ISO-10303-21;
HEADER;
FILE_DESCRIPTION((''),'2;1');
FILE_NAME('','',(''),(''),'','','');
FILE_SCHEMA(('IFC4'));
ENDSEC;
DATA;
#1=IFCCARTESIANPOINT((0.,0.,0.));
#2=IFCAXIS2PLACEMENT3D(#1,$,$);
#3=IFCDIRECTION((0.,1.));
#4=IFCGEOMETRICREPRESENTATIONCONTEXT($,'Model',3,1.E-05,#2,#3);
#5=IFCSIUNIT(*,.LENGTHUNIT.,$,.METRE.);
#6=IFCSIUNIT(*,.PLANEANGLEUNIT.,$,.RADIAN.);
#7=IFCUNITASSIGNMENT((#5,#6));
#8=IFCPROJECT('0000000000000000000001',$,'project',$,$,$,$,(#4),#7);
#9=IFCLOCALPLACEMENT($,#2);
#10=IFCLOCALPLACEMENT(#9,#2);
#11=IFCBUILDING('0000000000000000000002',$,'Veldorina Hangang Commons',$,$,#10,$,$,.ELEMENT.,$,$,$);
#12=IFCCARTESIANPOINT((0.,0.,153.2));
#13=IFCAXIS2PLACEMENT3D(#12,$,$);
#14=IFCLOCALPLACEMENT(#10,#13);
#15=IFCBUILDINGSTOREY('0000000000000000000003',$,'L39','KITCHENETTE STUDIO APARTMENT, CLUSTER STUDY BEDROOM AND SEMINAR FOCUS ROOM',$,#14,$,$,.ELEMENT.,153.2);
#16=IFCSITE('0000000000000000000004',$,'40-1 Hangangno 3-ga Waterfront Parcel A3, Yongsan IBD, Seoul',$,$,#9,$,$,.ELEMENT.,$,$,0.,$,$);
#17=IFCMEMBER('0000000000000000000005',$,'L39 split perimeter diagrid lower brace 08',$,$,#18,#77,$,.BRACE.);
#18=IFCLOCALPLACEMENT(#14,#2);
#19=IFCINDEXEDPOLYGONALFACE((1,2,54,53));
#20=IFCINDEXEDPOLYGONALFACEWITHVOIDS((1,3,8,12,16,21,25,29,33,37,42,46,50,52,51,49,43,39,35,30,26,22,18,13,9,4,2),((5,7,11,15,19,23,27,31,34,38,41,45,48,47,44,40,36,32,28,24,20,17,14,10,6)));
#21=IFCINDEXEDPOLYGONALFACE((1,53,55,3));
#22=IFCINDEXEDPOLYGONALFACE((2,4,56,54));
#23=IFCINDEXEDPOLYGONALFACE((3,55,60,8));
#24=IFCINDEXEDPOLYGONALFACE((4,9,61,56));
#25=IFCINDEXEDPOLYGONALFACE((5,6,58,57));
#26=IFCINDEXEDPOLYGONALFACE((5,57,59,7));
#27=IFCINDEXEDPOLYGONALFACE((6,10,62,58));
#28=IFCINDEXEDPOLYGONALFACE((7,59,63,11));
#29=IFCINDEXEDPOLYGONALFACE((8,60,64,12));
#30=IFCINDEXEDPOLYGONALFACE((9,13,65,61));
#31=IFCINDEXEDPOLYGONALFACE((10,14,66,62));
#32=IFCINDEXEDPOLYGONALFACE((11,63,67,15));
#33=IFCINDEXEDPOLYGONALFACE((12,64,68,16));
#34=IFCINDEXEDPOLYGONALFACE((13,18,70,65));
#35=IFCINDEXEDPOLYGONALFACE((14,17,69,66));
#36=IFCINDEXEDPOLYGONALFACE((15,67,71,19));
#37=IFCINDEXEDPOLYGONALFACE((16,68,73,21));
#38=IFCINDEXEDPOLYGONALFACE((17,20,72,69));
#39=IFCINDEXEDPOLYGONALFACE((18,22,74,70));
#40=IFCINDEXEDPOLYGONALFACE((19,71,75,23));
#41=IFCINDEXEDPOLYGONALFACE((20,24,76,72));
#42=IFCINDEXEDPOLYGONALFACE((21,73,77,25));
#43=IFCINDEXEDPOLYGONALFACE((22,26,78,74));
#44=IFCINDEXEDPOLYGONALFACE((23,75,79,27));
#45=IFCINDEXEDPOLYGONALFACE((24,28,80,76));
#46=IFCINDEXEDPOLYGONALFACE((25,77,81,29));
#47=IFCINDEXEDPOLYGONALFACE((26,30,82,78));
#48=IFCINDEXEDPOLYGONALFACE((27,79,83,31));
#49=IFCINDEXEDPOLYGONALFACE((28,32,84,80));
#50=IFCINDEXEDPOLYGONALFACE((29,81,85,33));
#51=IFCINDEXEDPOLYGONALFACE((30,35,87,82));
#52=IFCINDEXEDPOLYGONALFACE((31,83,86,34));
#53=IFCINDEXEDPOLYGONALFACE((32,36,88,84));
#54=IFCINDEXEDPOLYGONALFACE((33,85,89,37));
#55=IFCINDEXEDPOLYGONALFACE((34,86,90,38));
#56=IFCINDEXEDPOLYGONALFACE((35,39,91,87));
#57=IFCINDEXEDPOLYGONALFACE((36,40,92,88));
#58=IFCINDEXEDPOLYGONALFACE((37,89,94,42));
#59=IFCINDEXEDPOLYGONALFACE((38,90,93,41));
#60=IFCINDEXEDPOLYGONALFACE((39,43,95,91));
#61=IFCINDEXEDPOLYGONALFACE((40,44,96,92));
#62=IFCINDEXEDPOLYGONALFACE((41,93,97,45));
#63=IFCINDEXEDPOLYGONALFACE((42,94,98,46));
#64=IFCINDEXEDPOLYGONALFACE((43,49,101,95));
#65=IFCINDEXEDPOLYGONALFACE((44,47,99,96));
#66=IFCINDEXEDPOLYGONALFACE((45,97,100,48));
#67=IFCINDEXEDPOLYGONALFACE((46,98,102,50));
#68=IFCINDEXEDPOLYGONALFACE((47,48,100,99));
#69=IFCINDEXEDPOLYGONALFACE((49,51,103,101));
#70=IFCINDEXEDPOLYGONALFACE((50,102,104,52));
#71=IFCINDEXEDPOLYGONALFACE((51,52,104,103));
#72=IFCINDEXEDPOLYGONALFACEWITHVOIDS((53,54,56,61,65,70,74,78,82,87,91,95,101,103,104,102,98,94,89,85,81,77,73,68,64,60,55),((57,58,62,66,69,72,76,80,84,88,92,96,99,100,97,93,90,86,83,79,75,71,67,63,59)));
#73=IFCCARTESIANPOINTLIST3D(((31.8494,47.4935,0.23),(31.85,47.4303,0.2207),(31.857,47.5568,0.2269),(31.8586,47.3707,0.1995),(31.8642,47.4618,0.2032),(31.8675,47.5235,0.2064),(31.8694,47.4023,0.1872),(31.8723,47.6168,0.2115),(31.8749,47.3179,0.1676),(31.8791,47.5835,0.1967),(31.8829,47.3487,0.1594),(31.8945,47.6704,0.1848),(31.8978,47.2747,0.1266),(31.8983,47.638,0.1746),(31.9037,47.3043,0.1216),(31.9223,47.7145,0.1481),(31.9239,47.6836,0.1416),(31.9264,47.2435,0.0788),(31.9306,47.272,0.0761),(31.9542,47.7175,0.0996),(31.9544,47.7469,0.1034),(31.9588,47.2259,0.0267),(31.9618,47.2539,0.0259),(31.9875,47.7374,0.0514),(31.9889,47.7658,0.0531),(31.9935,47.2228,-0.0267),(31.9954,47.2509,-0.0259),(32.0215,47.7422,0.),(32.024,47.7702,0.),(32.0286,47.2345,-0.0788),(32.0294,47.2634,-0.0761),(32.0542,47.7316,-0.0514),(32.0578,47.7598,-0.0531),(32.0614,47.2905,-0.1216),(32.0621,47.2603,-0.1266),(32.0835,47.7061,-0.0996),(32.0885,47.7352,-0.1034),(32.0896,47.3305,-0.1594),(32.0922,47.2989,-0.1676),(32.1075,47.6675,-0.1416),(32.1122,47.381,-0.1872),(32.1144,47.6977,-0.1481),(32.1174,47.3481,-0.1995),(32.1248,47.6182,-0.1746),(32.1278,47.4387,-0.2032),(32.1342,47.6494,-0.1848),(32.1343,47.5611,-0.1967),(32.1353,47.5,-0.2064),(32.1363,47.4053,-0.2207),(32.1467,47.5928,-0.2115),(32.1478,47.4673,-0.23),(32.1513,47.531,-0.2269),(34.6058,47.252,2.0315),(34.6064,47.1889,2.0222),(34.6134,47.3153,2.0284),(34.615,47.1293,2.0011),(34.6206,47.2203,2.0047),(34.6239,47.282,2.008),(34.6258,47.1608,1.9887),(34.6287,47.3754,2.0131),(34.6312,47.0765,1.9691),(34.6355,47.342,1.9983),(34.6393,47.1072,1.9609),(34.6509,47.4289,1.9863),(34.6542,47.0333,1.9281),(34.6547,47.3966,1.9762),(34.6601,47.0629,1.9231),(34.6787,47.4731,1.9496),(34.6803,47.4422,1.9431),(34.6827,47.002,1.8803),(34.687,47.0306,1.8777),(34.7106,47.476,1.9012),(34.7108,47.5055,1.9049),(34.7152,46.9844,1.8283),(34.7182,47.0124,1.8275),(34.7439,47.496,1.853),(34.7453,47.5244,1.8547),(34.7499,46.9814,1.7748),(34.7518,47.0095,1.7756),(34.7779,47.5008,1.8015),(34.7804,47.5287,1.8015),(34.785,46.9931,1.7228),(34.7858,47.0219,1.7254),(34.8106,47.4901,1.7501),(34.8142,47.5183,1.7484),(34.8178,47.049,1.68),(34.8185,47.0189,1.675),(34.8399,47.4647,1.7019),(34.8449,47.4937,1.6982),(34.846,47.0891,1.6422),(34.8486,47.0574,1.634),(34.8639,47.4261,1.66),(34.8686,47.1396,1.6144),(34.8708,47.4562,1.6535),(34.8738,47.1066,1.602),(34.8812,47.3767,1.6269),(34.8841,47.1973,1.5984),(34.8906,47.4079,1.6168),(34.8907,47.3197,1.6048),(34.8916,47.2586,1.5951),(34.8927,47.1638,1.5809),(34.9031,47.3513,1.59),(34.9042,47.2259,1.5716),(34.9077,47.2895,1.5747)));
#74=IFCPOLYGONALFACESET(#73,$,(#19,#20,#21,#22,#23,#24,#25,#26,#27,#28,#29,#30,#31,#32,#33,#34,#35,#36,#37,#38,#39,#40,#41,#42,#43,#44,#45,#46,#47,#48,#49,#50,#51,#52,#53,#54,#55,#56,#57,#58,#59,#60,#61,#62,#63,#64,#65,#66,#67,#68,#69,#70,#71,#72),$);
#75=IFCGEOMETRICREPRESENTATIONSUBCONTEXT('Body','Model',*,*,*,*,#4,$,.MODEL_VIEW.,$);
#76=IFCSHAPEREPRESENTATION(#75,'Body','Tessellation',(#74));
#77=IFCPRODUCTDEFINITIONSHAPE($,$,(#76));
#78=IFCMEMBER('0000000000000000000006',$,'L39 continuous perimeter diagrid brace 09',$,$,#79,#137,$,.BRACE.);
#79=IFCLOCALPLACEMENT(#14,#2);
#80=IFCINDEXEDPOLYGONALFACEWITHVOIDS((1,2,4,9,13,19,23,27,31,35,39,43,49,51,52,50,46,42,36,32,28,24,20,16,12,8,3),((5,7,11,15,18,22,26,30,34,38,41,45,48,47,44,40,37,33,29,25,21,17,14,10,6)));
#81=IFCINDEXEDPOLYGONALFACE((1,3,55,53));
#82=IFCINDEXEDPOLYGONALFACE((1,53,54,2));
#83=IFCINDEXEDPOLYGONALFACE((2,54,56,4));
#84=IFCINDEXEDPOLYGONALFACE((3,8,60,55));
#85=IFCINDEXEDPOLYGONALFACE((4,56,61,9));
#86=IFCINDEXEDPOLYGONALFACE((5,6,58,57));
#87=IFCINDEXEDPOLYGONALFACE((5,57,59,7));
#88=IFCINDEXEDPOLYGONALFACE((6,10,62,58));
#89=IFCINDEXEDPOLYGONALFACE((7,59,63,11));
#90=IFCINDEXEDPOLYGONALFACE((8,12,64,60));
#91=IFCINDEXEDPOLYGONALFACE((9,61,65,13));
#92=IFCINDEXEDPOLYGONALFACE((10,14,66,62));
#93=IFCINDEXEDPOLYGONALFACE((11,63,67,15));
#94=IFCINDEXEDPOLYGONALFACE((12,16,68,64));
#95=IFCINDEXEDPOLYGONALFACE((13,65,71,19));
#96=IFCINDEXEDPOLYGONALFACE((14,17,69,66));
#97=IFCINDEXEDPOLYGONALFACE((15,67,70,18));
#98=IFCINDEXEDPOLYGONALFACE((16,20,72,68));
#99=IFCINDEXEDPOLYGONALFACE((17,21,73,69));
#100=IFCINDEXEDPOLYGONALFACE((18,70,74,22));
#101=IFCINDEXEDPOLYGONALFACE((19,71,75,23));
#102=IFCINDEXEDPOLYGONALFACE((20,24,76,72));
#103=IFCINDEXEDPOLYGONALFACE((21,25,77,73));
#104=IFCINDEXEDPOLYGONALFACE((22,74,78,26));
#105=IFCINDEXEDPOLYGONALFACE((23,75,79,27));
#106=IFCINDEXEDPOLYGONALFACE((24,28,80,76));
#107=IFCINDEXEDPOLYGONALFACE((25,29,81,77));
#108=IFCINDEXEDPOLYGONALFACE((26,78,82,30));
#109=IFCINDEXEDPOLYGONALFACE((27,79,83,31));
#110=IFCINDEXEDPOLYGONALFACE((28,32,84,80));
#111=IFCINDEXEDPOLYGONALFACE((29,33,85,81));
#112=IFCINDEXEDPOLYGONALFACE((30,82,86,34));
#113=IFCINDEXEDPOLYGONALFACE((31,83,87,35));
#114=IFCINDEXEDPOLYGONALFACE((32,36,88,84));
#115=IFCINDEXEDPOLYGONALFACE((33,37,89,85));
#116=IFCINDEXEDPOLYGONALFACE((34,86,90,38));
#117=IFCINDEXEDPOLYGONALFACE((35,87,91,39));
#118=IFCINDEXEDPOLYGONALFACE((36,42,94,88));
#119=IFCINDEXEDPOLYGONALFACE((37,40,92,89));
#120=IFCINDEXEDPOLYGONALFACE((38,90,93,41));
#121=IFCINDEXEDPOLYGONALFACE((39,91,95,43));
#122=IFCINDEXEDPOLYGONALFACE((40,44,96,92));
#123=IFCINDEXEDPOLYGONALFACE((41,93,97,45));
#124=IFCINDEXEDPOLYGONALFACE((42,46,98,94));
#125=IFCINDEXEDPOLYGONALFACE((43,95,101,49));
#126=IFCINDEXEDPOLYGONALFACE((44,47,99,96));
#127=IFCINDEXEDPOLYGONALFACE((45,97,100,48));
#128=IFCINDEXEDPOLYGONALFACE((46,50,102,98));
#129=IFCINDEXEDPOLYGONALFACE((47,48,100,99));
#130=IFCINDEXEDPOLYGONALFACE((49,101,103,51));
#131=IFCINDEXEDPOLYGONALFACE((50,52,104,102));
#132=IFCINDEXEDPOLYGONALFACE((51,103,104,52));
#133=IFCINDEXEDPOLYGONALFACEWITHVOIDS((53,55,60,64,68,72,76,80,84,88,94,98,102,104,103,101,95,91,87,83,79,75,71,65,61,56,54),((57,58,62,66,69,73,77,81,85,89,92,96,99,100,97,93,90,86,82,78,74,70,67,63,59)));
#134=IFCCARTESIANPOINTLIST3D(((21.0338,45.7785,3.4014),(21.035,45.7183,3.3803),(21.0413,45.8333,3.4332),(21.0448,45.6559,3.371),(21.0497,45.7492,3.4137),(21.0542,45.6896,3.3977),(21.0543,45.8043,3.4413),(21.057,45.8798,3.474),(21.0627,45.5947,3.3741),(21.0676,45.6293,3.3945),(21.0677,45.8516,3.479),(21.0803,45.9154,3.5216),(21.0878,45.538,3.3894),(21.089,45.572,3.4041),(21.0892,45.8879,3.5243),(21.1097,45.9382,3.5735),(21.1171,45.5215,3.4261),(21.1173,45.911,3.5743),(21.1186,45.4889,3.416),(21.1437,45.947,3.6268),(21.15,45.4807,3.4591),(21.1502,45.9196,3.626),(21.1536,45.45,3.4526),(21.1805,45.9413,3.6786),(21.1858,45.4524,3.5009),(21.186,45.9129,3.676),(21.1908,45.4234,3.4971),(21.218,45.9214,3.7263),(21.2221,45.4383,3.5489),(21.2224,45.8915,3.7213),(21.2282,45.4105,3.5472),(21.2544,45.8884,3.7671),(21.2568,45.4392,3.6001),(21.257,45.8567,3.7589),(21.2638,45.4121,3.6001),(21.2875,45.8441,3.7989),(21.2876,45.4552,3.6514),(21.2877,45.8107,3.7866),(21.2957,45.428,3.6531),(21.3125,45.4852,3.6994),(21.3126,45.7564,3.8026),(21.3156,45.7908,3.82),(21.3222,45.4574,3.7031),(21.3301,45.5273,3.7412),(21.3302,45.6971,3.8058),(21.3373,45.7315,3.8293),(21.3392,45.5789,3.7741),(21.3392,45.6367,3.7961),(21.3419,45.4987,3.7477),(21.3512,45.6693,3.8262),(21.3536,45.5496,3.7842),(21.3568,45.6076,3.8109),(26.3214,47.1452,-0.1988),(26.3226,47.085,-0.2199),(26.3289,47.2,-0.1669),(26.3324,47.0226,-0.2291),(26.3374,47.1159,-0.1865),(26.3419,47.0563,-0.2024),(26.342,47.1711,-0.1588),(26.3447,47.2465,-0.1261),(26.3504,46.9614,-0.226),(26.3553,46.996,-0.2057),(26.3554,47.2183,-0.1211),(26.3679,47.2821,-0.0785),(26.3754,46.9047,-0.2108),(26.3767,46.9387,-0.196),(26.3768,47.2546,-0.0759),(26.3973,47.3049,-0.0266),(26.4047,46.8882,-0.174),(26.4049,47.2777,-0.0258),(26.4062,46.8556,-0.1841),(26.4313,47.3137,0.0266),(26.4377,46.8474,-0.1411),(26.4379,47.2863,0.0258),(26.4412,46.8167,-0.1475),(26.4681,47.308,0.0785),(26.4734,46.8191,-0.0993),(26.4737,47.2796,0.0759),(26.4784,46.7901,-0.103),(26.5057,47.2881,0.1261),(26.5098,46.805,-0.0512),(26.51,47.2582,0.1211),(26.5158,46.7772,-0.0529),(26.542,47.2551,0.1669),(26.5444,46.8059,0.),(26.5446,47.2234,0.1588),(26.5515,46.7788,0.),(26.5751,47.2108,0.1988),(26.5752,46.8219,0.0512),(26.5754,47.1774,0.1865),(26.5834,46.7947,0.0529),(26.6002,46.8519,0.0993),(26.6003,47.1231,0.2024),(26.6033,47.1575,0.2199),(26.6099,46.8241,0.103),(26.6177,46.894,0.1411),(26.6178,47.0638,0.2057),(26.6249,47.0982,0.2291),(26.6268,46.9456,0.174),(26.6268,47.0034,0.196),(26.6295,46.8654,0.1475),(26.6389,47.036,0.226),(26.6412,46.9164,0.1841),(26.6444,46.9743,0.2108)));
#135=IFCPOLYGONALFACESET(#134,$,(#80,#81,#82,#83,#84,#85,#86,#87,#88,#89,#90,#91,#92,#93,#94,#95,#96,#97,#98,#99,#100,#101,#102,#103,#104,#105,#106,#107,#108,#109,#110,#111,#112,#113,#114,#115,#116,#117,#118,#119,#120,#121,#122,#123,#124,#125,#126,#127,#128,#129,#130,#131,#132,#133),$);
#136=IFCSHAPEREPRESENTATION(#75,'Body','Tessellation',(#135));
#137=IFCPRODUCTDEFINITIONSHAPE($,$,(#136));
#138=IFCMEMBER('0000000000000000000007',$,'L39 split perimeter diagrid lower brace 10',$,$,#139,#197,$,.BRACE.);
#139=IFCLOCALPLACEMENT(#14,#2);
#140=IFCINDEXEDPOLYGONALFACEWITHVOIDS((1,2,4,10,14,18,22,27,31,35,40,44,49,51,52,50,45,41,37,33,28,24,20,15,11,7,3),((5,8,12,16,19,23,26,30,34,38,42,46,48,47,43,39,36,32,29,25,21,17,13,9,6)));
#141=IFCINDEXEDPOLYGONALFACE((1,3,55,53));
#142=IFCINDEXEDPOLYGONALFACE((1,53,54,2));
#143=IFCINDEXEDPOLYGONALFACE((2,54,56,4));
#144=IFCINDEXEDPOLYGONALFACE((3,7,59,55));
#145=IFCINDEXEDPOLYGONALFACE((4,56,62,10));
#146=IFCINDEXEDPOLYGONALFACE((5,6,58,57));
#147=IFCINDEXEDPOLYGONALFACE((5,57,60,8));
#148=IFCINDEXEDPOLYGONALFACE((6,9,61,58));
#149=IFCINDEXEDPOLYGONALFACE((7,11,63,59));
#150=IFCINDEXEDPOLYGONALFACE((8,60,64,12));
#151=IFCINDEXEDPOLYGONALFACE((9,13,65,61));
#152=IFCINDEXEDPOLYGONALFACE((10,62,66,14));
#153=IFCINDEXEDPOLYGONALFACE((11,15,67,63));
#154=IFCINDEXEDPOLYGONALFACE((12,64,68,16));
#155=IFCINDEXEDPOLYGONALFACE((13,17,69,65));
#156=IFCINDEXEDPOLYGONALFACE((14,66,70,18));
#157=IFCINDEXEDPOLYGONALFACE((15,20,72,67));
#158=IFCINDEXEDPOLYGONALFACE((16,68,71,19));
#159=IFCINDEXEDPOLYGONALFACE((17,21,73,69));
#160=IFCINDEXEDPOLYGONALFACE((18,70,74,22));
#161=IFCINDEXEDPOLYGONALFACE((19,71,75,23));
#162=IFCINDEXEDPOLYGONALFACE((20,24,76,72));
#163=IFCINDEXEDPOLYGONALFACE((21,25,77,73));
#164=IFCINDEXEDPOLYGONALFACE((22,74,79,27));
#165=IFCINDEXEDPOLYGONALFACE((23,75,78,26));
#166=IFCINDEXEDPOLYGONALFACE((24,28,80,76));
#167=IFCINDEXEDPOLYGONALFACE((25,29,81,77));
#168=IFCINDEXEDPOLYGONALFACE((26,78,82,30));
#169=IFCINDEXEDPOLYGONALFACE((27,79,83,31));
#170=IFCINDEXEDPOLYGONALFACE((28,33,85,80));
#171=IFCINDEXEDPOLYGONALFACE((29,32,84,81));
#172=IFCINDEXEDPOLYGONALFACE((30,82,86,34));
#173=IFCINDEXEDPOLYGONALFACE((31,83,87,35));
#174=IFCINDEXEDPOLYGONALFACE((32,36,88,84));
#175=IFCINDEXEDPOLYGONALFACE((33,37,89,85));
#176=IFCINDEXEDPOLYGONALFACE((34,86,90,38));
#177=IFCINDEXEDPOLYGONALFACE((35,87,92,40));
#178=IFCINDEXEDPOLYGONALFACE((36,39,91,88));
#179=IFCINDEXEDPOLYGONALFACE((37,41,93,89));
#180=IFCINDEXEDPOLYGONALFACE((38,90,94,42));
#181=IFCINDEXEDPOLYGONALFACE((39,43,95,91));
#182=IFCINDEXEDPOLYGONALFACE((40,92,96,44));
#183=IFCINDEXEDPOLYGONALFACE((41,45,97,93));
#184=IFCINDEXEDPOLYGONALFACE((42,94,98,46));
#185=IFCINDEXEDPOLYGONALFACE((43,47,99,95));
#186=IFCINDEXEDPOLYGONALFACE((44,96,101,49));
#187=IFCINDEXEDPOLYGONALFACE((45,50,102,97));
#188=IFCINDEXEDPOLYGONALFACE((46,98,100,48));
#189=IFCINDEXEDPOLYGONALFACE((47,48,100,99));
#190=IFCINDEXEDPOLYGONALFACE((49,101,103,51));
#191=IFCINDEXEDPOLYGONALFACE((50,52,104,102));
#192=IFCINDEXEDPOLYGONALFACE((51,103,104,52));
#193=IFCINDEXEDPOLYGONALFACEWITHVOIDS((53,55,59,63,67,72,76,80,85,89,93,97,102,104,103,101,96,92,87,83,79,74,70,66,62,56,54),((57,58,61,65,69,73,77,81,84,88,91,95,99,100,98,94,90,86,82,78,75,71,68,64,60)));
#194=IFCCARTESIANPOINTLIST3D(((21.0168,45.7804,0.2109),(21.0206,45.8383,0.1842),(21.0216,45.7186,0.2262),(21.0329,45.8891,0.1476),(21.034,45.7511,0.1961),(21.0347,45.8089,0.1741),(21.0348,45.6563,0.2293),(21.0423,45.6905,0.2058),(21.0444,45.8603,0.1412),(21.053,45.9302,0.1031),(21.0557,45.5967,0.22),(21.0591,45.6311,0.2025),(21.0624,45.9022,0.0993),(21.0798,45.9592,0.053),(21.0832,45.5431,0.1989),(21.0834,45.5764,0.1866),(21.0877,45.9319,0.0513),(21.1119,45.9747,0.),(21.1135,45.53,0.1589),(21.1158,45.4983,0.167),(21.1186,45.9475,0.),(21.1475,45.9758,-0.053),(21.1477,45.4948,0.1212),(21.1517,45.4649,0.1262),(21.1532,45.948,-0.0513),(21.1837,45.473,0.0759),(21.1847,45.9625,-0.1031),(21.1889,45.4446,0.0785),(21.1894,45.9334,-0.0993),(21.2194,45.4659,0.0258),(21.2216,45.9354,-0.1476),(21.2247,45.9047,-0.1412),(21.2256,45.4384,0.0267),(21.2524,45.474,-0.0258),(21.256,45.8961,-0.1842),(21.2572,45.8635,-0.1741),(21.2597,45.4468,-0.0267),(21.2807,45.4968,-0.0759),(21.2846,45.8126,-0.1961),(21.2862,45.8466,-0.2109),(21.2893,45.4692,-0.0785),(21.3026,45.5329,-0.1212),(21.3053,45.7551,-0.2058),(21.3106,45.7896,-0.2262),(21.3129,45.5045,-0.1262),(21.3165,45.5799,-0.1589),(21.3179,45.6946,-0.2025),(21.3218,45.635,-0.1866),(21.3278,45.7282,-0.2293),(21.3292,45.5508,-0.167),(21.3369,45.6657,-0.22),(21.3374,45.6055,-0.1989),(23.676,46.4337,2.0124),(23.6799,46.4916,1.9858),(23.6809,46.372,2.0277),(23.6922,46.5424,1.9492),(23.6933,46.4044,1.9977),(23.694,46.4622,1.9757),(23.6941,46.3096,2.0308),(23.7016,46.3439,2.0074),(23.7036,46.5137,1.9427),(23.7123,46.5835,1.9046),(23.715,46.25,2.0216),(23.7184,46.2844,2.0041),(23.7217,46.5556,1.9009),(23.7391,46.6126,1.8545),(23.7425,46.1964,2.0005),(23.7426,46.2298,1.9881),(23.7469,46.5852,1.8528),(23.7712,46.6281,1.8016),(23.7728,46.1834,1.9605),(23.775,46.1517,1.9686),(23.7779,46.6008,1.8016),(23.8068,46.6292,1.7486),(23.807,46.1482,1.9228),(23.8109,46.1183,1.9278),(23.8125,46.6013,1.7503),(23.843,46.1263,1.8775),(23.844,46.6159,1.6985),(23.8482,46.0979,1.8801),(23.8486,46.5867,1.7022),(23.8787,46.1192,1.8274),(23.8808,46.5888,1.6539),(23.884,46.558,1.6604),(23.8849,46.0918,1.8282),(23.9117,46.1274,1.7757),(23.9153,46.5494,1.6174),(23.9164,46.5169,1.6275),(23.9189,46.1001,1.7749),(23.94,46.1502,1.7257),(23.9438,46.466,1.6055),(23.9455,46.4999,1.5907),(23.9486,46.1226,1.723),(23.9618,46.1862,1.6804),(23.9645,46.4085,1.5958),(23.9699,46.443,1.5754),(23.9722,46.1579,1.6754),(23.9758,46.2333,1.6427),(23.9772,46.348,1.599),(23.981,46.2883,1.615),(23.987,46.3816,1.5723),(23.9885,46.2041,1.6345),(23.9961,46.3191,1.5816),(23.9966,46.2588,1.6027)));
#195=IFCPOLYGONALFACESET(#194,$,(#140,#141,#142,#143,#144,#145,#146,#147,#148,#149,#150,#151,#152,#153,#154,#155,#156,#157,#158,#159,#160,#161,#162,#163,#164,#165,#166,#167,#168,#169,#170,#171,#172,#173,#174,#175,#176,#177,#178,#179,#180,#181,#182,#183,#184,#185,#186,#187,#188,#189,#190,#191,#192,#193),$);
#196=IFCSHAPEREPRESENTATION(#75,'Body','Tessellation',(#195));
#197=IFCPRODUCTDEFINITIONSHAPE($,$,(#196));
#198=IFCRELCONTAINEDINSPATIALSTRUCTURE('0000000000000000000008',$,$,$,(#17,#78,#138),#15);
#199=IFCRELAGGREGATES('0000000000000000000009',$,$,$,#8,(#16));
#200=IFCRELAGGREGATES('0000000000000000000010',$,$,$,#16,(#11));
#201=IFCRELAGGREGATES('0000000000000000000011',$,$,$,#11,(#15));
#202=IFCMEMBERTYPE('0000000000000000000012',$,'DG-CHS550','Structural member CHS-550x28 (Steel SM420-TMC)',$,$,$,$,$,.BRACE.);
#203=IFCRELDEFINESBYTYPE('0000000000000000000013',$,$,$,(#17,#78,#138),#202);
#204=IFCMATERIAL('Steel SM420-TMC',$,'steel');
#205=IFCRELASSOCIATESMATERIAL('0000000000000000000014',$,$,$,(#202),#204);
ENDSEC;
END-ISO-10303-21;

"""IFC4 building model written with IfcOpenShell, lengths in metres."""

from ifc_helpers import new_model, si_unit, direction, frame, origin, origin_2d, place, context, subcontext, project, spatial, hollow_circle, extrude, material, material_profile, profile_set, type_object, element, save


model = new_model("IFC4")

# Units and contexts
model_context = context("Model", 3, precision=1e-05, world=origin(), true_north=direction((0.0, 1.0)))
body_context = subcontext(model_context, "Body", "Model", "MODEL_VIEW")
ifc_project = project(units=[si_unit("LENGTHUNIT", "METRE"), si_unit("PLANEANGLEUNIT", "RADIAN")], contexts=[model_context])

# Site, building, storey
site_placement = place(None, origin())
site = spatial("IfcSite", under=ifc_project, at=site_placement, Name="40-1 Hangangno 3-ga Waterfront Parcel A3, Yongsan IBD, Seoul", CompositionType="ELEMENT", RefElevation=0.0)
building_placement = place(site_placement, origin())
building = spatial("IfcBuilding", under=site, at=building_placement, Name="Veldorina Hangang Commons", CompositionType="ELEMENT")
storey_placement = place(building_placement, frame((0.0, 0.0, 153.2)))
storey = spatial("IfcBuildingStorey", under=building, at=storey_placement, Name="L39", Description="KITCHENETTE STUDIO APARTMENT, CLUSTER STUDY BEDROOM AND SEMINAR FOCUS ROOM", CompositionType="ELEMENT", Elevation=153.2)

# Shared definitions
ifc_material_1 = material(Name="Steel SM420-TMC", Category="steel")

# Members
ifc_material_profile_1 = material_profile(ifc_material_1, hollow_circle(Radius=0.2749, WallThickness=0.0281, at=origin_2d()), Name="CHS-550x28")
ifc_profile_set_1 = profile_set([ifc_material_profile_1], Name="Steel SM420-TMC")
member_type = type_object("IfcMemberType", Name="DG-CHS550", Description="Structural member CHS-550x28 (Steel SM420-TMC)", PredefinedType="BRACE", material=ifc_profile_set_1)
member_1_placement = place(storey_placement, frame((32.0, 47.4963, 0.0), z_axis=(0.834828, -0.073131, 0.545633), x_axis=(0.087265, 0.996185, 0.0)))
element("IfcMember", 1, at=member_1_placement, inside=storey, type_object=member_type, Name="L39 split perimeter diagrid lower brace 08", PredefinedType="BRACE", context=body_context, shape_type="SweptSolid", body=[
    extrude(hollow_circle(Radius=0.2749, WallThickness=0.0281, at=origin_2d()), origin(), (0.0, 0.0, 1.0), 3.3018),
])
member_2_placement = place(storey_placement, frame((26.4827, 47.0449, 0.0), z_axis=(-0.808353, -0.208937, 0.550373), x_axis=(0.250248, -0.968182, 0.0)))
element("IfcMember", 2, at=member_2_placement, inside=storey, type_object=member_type, Name="L39 continuous perimeter diagrid brace 09", PredefinedType="BRACE", context=body_context, shape_type="SweptSolid", body=[
    extrude(hollow_circle(Radius=0.2749, WallThickness=0.0281, at=origin_2d()), origin(), (0.0, 0.0, 1.0), 6.5413),
])
member_3_placement = place(storey_placement, frame((21.1775, 45.7078, 0.0), z_axis=(0.811287, 0.199321, 0.549622), x_axis=(-0.23859, 0.97112, 0.0)))
element("IfcMember", 3, at=member_3_placement, inside=storey, type_object=member_type, Name="L39 split perimeter diagrid lower brace 10", PredefinedType="BRACE", context=body_context, shape_type="SweptSolid", body=[
    extrude(hollow_circle(Radius=0.2749, WallThickness=0.0281, at=origin_2d()), origin(), (0.0, 0.0, 1.0), 3.2778),
])

save(model, "model.ifc")
